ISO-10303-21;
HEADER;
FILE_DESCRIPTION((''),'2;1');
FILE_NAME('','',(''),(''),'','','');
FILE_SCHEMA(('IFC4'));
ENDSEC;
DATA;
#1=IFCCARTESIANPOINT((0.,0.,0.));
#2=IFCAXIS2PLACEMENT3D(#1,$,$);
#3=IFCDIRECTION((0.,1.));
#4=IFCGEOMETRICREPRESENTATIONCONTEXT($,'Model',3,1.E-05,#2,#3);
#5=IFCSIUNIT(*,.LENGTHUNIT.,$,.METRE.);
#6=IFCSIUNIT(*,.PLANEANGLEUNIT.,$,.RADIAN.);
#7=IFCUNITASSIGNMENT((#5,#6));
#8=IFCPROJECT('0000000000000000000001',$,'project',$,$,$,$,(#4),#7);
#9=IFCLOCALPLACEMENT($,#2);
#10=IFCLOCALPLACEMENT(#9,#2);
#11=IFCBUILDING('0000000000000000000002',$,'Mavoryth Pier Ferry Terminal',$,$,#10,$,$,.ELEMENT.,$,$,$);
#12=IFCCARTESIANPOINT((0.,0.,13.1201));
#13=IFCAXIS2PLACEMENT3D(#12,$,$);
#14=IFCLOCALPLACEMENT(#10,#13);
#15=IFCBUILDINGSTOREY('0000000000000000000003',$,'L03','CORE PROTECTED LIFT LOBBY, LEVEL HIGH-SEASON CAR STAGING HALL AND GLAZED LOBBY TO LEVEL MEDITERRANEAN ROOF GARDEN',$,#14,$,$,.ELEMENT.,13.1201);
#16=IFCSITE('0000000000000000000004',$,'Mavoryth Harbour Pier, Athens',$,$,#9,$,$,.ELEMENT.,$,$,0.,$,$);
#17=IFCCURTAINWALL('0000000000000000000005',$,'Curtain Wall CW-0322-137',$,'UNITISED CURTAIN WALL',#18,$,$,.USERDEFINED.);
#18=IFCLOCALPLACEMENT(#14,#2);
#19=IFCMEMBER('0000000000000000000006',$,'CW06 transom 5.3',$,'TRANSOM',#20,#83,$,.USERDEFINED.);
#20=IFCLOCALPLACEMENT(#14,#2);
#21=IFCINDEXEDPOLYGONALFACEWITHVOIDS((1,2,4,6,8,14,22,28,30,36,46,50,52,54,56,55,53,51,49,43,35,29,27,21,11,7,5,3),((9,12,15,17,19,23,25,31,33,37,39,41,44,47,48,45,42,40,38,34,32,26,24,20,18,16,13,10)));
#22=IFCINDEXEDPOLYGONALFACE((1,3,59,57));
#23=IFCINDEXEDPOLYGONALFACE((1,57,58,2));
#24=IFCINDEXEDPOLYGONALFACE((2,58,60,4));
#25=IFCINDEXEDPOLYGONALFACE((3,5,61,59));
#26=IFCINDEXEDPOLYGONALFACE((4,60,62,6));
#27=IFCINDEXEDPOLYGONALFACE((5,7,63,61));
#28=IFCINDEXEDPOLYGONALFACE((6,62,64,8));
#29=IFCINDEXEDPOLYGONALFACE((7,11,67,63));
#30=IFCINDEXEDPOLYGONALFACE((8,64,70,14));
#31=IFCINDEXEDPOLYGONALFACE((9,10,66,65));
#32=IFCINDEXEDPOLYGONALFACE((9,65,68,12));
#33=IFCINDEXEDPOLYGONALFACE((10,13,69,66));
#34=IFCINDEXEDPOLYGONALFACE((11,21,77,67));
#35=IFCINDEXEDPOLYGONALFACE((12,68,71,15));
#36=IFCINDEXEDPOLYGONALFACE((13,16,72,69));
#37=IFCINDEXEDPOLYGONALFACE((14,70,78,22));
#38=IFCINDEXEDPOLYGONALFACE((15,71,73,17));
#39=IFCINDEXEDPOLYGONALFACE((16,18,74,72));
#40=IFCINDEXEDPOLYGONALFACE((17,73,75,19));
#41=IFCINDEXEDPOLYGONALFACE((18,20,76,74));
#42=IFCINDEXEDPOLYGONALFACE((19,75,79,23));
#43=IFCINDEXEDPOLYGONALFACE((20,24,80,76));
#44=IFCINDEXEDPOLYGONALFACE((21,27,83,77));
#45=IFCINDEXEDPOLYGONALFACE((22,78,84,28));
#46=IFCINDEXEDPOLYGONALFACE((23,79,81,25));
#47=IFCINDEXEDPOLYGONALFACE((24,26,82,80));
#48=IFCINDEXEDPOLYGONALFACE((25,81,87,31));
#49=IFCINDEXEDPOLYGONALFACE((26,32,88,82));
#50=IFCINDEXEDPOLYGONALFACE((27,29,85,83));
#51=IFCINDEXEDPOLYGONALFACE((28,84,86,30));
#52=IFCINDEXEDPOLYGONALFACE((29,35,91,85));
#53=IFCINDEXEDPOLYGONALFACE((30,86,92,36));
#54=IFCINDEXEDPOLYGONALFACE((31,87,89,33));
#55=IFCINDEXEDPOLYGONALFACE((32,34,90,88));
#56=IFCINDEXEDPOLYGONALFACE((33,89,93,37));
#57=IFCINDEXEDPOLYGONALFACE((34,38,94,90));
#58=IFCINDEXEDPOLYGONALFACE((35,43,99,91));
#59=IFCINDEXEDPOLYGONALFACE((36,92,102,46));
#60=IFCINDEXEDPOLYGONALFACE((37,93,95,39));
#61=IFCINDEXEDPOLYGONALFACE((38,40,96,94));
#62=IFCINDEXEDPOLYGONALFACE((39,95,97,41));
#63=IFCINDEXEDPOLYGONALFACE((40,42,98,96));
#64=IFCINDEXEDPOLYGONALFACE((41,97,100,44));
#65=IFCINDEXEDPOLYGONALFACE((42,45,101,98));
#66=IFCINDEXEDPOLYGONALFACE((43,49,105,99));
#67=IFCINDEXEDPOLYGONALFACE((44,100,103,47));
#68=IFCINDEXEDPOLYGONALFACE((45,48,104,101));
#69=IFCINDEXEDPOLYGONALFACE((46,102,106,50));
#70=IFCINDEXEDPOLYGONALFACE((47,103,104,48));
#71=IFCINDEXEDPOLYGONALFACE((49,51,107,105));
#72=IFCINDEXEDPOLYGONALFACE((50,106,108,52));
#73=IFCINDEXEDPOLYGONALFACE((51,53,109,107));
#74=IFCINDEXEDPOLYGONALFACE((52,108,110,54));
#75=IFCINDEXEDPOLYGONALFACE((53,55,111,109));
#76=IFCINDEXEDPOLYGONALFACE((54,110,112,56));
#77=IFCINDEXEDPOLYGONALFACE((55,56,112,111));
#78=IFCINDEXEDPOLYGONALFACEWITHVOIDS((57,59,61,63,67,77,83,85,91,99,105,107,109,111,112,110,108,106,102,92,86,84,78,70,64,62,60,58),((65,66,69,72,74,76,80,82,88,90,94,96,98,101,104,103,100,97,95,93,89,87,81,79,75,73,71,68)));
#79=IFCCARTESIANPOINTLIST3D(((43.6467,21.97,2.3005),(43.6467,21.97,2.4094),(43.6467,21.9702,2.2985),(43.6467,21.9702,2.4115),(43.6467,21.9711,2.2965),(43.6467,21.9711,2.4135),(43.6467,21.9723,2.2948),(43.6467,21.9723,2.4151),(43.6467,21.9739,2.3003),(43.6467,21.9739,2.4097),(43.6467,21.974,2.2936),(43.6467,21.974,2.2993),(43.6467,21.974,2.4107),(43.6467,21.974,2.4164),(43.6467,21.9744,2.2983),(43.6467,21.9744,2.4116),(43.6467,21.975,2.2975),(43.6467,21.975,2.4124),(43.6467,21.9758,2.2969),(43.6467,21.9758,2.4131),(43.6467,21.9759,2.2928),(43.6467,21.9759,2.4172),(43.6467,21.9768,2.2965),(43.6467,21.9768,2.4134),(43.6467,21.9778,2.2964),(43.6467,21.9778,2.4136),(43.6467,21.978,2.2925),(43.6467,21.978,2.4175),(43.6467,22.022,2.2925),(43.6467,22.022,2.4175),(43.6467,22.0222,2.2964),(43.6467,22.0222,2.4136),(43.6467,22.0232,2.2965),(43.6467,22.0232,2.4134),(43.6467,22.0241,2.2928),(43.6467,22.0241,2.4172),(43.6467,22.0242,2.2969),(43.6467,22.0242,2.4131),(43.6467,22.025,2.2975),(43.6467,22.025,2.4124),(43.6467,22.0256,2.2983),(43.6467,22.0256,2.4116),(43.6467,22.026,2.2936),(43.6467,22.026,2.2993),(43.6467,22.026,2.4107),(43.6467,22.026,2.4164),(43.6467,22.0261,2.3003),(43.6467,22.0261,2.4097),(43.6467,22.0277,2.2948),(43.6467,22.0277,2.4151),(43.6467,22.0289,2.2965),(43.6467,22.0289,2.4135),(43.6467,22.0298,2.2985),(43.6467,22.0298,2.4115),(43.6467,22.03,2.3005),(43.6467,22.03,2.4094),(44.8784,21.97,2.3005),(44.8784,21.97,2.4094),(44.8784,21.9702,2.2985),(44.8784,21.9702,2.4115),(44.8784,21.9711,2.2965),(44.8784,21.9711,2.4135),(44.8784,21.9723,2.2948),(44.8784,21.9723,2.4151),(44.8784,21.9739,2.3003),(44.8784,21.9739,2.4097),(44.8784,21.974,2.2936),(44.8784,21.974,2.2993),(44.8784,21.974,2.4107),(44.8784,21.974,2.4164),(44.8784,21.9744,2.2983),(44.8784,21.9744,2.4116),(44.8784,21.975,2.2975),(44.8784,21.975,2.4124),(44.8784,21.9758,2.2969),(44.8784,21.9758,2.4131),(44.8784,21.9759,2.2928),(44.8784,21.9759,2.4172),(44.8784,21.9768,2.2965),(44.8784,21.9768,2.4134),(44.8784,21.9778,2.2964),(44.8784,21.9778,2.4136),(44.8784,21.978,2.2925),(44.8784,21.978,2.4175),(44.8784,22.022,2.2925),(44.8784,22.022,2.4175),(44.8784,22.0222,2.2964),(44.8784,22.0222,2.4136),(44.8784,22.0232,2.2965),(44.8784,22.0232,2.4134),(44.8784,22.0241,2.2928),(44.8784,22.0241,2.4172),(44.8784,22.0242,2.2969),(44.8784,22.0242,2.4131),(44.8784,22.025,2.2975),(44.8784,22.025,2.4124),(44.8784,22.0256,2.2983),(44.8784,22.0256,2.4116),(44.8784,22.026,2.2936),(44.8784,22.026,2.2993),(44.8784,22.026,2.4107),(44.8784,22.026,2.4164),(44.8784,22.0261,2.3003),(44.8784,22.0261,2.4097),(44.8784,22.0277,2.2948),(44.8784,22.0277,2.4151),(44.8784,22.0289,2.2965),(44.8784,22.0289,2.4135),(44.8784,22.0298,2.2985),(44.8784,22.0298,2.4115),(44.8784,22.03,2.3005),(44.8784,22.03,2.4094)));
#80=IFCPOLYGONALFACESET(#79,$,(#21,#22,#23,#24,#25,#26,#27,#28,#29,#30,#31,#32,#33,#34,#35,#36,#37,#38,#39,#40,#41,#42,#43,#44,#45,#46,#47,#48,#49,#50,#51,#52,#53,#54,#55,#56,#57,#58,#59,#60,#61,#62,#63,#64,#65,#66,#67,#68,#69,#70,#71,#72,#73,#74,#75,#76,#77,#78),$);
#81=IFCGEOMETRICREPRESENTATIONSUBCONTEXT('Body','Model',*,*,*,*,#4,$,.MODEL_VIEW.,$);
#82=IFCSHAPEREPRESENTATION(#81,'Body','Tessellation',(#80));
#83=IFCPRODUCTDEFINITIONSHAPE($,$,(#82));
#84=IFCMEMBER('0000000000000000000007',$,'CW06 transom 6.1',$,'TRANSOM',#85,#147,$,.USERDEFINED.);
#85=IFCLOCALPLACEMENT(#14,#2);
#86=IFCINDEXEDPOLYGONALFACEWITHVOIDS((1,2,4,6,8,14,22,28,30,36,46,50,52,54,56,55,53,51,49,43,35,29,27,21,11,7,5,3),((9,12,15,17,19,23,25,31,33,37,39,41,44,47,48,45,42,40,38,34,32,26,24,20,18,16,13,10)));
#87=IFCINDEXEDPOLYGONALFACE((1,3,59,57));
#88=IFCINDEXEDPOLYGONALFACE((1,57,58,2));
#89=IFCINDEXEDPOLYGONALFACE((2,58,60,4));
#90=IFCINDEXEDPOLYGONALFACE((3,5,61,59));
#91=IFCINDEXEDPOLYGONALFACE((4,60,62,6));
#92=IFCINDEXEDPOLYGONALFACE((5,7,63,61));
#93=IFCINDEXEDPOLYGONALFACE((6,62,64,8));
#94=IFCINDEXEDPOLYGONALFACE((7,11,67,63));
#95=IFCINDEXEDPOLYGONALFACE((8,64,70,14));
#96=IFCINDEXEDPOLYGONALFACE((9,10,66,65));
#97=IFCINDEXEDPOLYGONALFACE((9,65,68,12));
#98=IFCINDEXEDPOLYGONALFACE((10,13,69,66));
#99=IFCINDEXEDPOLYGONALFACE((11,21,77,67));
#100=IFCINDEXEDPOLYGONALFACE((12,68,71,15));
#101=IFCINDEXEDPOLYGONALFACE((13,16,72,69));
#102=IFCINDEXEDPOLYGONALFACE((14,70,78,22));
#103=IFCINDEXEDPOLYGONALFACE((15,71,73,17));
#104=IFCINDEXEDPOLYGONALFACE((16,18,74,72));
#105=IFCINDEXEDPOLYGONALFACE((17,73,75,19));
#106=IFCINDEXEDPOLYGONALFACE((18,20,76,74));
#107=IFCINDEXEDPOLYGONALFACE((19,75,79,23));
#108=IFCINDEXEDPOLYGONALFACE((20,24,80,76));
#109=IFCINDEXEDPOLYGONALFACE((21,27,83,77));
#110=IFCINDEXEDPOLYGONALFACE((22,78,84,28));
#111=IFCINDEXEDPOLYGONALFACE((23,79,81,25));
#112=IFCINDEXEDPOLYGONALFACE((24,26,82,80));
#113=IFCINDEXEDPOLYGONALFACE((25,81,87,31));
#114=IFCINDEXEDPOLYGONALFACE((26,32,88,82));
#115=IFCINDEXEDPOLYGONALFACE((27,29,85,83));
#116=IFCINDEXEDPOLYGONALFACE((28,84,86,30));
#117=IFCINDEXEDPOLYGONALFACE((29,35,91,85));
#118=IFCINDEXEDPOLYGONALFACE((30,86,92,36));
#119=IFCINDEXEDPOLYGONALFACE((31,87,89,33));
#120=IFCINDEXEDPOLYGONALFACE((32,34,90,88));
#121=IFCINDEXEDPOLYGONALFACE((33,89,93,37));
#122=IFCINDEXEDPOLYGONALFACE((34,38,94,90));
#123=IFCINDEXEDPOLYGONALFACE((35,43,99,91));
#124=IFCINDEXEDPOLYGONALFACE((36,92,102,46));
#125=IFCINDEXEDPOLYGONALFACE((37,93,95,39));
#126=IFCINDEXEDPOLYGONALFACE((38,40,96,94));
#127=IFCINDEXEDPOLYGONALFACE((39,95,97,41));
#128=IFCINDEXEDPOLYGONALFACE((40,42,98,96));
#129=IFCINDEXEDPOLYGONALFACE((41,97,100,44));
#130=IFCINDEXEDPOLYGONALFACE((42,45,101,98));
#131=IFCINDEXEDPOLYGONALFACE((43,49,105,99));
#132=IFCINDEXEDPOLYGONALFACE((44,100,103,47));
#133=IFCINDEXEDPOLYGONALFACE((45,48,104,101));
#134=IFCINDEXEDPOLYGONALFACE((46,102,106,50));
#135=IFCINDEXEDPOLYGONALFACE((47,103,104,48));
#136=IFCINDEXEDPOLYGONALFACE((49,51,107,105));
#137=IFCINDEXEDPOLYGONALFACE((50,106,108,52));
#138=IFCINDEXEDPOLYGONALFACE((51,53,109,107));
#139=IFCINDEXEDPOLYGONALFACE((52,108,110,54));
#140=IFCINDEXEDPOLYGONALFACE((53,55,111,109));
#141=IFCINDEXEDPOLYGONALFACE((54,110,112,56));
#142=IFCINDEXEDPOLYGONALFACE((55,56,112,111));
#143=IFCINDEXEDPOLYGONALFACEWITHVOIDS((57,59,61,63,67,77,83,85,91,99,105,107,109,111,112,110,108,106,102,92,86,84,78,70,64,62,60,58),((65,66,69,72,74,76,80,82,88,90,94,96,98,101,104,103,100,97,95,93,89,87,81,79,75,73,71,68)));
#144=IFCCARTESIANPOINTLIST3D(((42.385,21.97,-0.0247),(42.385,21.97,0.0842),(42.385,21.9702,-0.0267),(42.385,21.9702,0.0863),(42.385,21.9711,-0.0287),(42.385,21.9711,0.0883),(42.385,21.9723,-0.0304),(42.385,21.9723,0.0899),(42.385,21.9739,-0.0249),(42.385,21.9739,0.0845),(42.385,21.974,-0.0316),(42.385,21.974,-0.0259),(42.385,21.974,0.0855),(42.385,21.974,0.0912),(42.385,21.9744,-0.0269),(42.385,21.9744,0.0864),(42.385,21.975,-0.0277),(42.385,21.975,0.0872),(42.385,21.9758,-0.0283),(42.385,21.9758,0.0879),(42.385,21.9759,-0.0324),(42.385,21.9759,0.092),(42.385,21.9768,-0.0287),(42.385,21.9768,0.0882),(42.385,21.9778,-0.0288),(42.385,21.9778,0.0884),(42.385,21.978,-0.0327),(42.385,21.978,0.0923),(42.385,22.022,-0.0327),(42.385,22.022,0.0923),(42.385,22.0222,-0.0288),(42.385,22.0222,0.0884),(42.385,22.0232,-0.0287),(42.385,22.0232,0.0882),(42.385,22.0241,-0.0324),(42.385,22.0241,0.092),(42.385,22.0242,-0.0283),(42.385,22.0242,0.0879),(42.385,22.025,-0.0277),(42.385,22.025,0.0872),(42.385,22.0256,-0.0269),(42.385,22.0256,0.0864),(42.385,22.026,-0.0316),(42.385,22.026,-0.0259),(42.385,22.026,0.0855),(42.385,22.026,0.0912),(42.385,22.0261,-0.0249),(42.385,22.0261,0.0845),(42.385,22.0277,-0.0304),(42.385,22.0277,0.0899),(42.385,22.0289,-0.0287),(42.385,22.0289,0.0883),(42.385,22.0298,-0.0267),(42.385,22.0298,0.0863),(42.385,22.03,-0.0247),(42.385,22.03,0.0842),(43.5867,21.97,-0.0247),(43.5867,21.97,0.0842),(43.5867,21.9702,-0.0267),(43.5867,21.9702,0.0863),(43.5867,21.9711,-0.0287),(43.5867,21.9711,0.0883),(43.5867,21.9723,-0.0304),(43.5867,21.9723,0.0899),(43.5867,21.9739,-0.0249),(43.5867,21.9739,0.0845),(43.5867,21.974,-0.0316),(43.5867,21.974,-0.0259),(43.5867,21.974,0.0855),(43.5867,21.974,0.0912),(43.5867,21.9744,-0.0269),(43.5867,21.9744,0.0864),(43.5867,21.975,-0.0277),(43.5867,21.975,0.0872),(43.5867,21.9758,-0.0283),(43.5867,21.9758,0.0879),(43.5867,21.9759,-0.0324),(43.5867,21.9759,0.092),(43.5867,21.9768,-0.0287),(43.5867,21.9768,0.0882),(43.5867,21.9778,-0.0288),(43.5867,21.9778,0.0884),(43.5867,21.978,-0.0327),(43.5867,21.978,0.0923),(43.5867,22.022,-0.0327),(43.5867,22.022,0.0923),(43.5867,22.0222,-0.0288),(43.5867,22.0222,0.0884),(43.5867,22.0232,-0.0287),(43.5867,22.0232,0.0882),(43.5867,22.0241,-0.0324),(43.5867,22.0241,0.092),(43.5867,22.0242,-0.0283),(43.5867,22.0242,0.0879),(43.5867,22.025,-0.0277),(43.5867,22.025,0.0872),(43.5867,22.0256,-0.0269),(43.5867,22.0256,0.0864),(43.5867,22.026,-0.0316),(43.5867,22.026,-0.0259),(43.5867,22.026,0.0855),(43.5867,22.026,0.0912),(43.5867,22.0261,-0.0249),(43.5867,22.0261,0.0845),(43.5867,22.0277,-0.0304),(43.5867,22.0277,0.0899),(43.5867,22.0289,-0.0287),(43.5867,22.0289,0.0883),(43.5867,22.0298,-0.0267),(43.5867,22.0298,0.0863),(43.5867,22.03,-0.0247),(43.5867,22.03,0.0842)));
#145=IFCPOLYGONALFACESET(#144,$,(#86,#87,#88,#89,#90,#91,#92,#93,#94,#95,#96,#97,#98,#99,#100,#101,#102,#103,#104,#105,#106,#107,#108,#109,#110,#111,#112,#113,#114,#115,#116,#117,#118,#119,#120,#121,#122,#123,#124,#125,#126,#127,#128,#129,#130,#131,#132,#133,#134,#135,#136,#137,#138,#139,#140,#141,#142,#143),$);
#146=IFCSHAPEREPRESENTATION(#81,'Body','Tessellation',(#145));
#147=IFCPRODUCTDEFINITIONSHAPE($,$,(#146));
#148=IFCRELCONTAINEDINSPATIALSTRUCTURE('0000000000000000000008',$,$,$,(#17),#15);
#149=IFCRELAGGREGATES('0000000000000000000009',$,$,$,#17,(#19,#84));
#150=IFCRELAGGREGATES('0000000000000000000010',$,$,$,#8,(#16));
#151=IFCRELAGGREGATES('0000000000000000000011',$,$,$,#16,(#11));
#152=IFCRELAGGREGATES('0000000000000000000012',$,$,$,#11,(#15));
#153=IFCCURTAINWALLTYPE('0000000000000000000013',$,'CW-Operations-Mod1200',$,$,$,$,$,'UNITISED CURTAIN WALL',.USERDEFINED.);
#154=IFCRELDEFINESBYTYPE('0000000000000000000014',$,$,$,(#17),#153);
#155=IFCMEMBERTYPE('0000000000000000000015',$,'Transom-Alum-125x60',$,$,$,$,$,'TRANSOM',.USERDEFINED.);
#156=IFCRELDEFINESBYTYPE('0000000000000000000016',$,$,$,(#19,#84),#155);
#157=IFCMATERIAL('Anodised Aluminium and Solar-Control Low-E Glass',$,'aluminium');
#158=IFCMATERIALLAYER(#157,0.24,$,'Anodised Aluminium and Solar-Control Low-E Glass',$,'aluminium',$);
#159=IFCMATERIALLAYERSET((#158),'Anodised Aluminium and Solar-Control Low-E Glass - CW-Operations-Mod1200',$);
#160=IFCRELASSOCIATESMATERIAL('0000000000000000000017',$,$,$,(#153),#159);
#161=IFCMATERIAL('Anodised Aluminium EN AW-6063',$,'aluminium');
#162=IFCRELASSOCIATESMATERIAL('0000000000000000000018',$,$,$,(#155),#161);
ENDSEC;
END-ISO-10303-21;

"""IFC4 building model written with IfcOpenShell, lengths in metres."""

from ifc_helpers import new_model, si_unit, direction, frame, origin, origin_2d, place, context, subcontext, project, spatial, hollow_rectangle, extrude, material, layer, layer_set, material_profile, profile_set, type_object, element, aggregate, save


model = new_model("IFC4")

# Units and contexts
model_context = context("Model", 3, precision=1e-05, world=origin(), true_north=direction((0.0, 1.0)))
body_context = subcontext(model_context, "Body", "Model", "MODEL_VIEW")
ifc_project = project(units=[si_unit("LENGTHUNIT", "METRE"), si_unit("PLANEANGLEUNIT", "RADIAN")], contexts=[model_context])

# Site, building, storey
site_placement = place(None, origin())
site = spatial("IfcSite", under=ifc_project, at=site_placement, Name="Mavoryth Harbour Pier, Athens", CompositionType="ELEMENT", RefElevation=0.0)
building_placement = place(site_placement, origin())
building = spatial("IfcBuilding", under=site, at=building_placement, Name="Mavoryth Pier Ferry Terminal", CompositionType="ELEMENT")
storey_placement = place(building_placement, frame((0.0, 0.0, 13.1201)))
storey = spatial("IfcBuildingStorey", under=building, at=storey_placement, Name="L03", Description="CORE PROTECTED LIFT LOBBY, LEVEL HIGH-SEASON CAR STAGING HALL AND GLAZED LOBBY TO LEVEL MEDITERRANEAN ROOF GARDEN", CompositionType="ELEMENT", Elevation=13.1201)

# Curtain wall
ifc_material_1 = material(Name="Anodised Aluminium and Solar-Control Low-E Glass", Category="aluminium")
ifc_layer_1 = layer(ifc_material_1, 0.24, Name="Anodised Aluminium and Solar-Control Low-E Glass", Category="aluminium")
ifc_layer_set_1 = layer_set([ifc_layer_1], Name="Anodised Aluminium and Solar-Control Low-E Glass - CW-Operations-Mod1200")
curtain_wall_type = type_object("IfcCurtainWallType", Name="CW-Operations-Mod1200", ElementType="UNITISED CURTAIN WALL", PredefinedType="USERDEFINED", material=ifc_layer_set_1)
curtain_wall_1_placement = place(storey_placement, origin())
curtain_wall_1 = element("IfcCurtainWall", 1, at=curtain_wall_1_placement, inside=storey, type_object=curtain_wall_type, Name="Curtain Wall CW-0322-137", ObjectType="UNITISED CURTAIN WALL", PredefinedType="USERDEFINED")
ifc_material_2 = material(Name="Anodised Aluminium EN AW-6063", Category="aluminium")

# Members
ifc_material_profile_1 = material_profile(ifc_material_2, hollow_rectangle(XDim=0.0601, YDim=0.125, WallThickness=0.0039, InnerFilletRadius=0.0039, OuterFilletRadius=0.0081, at=origin_2d()), Name="AL-TRAN 125x60x4", Category="aluminium")
ifc_profile_set_1 = profile_set([ifc_material_profile_1], Name="Anodised Aluminium EN AW-6063 - AL-TRAN 125x60x4")
member_type_1 = type_object("IfcMemberType", Name="Transom-Alum-125x60", ElementType="TRANSOM", PredefinedType="USERDEFINED", material=ifc_profile_set_1)
member_1_placement = place(storey_placement, frame((44.8784, 22.0, 2.355), z_axis=(-1.0, 0.0, 0.0), x_axis=(0.0, -1.0, 0.0)))
member_1 = element("IfcMember", 2, at=member_1_placement, type_object=member_type_1, Name="CW06 transom 5.3", ObjectType="TRANSOM", PredefinedType="USERDEFINED", context=body_context, shape_type="SweptSolid", body=[
    extrude(hollow_rectangle(XDim=0.0601, YDim=0.125, WallThickness=0.0039, InnerFilletRadius=0.0039, OuterFilletRadius=0.0081, at=origin_2d()), origin(), (0.0, 0.0, 1.0), 1.2317),
])
member_2_placement = place(storey_placement, frame((43.5867, 22.0, 0.0298), z_axis=(-1.0, 0.0, 0.0), x_axis=(0.0, -1.0, 0.0)))
member_2 = element("IfcMember", 3, at=member_2_placement, type_object=member_type_1, Name="CW06 transom 6.1", ObjectType="TRANSOM", PredefinedType="USERDEFINED", context=body_context, shape_type="SweptSolid", body=[
    extrude(hollow_rectangle(XDim=0.0601, YDim=0.125, WallThickness=0.0039, InnerFilletRadius=0.0039, OuterFilletRadius=0.0081, at=origin_2d()), origin(), (0.0, 0.0, 1.0), 1.2017),
])

aggregate(curtain_wall_1, [member_1, member_2])

save(model, "model.ifc")
